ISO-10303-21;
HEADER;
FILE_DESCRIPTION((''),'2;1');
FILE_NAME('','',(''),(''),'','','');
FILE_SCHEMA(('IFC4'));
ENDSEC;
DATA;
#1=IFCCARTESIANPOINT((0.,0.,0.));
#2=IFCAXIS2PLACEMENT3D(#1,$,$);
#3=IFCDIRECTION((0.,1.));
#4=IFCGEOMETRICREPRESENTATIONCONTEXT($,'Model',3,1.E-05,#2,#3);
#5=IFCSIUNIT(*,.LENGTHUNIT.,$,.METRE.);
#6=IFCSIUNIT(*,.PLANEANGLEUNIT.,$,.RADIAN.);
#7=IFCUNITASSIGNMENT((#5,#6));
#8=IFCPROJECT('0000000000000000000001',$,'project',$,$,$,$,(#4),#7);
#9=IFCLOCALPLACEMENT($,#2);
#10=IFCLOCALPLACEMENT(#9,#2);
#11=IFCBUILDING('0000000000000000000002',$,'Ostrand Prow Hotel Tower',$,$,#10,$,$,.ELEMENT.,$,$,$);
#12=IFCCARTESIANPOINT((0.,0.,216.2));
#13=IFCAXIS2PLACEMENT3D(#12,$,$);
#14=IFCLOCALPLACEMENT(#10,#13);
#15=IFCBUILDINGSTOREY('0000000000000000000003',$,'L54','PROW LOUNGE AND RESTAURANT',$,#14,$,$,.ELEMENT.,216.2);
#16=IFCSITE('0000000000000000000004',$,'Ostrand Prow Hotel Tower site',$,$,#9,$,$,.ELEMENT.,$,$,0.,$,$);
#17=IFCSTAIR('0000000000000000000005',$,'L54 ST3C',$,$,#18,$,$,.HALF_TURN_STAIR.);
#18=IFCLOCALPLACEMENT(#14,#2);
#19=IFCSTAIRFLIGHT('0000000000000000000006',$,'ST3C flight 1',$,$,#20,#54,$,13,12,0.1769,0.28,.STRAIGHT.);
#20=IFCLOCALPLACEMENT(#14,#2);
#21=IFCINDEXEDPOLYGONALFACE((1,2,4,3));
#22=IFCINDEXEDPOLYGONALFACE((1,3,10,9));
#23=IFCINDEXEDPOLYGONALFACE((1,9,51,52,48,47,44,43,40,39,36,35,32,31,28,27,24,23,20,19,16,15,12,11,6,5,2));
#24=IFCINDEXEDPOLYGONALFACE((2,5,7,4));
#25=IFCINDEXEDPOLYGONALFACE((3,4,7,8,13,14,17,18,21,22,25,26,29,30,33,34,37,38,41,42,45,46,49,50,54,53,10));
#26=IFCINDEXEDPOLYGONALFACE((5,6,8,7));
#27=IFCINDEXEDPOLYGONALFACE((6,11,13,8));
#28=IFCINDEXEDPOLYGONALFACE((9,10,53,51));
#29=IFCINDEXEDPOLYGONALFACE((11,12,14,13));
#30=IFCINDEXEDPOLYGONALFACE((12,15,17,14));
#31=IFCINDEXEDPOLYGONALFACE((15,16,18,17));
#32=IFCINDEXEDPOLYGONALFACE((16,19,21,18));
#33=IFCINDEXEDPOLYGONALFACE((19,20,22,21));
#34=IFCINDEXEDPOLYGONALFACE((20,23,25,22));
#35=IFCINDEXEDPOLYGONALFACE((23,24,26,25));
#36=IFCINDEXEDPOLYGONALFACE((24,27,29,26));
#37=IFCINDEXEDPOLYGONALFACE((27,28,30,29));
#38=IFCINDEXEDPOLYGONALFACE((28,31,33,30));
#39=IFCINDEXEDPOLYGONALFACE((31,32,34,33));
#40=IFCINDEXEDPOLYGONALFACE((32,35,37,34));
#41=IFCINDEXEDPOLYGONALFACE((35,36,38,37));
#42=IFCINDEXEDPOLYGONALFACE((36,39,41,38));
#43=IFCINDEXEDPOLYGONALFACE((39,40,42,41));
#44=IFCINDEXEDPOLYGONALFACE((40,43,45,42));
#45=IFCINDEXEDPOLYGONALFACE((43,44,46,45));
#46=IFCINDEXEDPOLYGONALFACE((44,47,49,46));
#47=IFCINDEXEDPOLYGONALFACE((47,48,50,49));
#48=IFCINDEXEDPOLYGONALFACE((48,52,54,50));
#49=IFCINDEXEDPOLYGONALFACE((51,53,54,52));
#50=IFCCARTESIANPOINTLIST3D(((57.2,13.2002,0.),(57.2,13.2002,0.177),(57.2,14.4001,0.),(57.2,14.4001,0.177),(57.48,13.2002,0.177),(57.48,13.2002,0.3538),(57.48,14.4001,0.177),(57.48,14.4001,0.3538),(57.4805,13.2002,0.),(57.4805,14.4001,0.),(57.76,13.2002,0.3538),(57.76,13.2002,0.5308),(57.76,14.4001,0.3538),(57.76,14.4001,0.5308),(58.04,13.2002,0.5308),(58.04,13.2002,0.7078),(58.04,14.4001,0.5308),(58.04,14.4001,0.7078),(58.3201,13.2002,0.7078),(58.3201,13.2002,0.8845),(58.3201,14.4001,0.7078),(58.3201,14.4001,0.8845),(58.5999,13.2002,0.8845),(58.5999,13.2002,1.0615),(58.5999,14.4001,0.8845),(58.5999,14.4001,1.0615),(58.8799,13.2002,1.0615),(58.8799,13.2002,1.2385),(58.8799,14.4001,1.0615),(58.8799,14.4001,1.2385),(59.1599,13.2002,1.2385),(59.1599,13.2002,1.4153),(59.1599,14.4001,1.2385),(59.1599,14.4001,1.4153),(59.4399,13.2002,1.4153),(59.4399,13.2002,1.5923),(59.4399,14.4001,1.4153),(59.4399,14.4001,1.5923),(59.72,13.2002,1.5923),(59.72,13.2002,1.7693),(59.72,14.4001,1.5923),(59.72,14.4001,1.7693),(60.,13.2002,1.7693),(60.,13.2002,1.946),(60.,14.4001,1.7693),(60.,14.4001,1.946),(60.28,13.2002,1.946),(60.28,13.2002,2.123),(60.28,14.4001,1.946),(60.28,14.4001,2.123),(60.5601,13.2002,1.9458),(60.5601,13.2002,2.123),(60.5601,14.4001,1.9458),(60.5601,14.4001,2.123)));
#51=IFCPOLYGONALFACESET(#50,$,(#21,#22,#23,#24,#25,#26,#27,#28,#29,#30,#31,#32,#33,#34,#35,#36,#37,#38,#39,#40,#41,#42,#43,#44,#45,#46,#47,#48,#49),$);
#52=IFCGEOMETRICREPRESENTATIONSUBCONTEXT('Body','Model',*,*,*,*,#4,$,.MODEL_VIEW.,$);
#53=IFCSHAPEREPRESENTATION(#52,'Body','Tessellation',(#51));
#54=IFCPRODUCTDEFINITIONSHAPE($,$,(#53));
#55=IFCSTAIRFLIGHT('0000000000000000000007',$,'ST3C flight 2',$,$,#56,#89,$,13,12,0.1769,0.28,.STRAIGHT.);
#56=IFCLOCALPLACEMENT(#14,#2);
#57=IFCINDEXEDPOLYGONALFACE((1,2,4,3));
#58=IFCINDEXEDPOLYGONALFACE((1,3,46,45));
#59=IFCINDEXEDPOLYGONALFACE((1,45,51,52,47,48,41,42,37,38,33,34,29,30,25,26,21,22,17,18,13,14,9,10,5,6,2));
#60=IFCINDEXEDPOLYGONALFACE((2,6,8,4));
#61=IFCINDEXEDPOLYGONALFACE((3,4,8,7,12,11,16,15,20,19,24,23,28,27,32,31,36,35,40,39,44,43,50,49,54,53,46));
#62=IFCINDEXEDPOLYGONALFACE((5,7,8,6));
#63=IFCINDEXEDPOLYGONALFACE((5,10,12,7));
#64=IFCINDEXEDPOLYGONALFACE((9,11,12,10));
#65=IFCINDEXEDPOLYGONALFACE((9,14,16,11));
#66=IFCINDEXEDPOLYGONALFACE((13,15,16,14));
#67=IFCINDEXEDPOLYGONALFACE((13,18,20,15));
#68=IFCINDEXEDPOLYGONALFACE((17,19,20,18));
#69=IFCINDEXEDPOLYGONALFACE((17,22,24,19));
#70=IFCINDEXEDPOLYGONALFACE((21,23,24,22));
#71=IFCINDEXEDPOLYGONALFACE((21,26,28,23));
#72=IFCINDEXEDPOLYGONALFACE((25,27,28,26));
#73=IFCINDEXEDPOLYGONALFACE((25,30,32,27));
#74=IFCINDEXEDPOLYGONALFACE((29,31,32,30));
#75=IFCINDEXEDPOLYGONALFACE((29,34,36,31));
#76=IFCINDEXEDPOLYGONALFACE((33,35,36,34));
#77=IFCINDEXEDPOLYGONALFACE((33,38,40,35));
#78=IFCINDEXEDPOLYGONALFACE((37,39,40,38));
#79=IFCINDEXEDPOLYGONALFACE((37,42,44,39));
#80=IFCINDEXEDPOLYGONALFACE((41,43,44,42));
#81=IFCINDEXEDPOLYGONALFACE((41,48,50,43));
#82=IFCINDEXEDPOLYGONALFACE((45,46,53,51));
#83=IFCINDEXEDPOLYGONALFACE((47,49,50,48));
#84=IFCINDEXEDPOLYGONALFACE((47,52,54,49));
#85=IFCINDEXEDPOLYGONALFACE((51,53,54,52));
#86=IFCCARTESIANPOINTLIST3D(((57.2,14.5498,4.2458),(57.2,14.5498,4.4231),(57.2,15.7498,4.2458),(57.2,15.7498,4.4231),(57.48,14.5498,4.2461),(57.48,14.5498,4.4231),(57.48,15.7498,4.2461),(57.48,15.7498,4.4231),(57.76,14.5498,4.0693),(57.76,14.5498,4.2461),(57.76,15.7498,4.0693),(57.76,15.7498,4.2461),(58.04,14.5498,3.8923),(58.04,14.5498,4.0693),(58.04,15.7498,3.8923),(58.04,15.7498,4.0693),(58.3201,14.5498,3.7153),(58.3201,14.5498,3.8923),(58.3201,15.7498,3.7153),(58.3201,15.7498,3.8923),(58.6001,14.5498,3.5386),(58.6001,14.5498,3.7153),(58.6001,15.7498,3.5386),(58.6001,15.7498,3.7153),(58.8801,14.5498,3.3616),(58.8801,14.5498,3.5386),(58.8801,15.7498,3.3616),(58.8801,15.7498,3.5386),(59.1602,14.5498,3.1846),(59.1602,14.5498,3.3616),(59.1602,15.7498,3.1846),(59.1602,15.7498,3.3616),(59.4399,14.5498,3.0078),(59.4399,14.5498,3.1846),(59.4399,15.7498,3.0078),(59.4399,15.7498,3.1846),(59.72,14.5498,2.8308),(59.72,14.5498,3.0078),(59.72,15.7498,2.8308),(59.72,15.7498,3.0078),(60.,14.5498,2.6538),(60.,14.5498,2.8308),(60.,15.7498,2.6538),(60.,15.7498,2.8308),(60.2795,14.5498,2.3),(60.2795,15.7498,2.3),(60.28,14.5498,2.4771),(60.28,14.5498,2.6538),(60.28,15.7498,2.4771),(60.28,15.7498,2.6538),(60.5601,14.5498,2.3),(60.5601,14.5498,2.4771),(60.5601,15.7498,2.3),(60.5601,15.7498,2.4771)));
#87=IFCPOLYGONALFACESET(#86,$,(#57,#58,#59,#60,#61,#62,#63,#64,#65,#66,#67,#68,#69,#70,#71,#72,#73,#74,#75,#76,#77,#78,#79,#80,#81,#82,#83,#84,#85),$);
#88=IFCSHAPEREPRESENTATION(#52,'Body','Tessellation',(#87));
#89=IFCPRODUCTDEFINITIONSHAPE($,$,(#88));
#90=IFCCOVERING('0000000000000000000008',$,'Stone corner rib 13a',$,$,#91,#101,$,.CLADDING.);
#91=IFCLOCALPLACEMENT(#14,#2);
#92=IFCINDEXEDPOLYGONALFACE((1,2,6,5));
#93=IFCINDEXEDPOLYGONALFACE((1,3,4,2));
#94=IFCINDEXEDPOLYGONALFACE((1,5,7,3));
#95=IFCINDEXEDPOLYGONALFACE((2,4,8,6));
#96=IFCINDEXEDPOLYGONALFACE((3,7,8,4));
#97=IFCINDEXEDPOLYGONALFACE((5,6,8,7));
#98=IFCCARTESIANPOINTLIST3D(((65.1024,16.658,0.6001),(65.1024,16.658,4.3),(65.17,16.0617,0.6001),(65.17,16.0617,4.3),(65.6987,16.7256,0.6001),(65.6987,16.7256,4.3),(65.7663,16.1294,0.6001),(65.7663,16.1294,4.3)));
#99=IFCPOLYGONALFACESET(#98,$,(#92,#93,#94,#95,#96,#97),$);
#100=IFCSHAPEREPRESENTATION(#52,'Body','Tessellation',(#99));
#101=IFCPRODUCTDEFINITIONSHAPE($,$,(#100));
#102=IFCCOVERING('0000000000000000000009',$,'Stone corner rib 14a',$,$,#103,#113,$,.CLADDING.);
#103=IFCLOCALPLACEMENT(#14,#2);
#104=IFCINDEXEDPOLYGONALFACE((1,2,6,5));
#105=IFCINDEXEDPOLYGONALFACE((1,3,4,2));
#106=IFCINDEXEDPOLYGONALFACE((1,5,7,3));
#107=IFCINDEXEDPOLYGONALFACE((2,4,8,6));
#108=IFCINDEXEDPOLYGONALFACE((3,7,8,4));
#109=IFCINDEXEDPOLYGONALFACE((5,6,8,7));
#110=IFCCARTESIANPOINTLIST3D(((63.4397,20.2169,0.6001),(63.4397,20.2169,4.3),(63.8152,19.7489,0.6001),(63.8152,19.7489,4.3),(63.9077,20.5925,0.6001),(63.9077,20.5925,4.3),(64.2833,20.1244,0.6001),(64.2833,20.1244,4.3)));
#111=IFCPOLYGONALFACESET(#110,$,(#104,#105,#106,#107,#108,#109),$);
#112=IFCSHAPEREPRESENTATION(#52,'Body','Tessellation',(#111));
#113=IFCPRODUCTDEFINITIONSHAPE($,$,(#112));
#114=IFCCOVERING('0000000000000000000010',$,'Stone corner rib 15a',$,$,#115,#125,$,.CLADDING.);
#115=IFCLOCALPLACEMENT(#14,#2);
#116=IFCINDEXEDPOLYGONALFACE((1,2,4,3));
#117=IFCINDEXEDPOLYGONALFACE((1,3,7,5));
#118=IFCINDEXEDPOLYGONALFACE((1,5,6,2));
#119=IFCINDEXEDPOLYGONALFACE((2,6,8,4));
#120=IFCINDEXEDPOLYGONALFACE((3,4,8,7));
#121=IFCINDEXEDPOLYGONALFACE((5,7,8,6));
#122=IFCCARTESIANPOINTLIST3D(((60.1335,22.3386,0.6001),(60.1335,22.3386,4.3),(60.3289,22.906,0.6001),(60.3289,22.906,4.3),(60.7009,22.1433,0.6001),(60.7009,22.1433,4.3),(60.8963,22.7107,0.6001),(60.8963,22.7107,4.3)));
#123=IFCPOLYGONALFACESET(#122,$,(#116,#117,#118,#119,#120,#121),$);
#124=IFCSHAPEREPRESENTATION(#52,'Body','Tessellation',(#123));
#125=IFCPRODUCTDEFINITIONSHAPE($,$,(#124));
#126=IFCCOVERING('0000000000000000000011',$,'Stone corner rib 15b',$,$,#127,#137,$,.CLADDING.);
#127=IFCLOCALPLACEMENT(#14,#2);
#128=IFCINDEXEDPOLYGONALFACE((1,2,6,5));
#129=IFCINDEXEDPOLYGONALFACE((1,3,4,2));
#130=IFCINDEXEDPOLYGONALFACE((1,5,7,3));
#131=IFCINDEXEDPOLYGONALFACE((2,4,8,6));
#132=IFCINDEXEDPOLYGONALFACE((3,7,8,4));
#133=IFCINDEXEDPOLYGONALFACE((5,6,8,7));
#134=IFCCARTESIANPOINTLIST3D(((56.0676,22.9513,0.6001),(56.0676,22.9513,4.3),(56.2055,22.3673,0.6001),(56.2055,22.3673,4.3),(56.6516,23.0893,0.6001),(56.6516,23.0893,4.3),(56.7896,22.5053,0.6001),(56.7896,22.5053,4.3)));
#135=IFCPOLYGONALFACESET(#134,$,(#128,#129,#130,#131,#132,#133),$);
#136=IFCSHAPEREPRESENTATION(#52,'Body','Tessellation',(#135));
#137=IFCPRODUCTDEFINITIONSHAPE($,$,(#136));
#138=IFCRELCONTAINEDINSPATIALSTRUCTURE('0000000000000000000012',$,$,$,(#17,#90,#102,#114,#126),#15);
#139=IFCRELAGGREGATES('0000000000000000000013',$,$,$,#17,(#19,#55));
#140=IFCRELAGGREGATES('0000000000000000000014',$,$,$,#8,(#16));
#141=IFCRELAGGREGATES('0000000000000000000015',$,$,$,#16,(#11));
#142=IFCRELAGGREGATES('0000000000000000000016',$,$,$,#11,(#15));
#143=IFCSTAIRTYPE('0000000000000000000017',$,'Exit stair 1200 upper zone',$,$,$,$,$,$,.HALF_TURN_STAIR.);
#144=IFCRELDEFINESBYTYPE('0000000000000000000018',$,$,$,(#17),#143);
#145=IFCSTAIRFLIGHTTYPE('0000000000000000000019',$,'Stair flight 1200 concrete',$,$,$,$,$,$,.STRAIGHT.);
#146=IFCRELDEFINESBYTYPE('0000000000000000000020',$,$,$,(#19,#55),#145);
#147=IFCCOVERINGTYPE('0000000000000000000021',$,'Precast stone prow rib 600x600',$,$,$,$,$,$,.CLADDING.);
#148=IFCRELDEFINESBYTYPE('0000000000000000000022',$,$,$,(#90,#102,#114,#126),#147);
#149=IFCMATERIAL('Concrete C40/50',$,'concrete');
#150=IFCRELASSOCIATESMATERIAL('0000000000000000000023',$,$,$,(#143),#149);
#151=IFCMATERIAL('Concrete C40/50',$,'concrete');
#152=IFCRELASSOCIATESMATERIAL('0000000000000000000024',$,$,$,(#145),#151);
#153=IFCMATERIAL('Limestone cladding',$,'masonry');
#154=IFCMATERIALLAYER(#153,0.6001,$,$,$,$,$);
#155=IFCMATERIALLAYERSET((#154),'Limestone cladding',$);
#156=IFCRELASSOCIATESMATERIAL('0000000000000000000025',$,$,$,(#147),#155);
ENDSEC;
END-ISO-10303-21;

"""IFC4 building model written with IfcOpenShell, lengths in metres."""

from ifc_helpers import new_model, si_unit, direction, frame, frame_2d, origin, place, context, subcontext, project, spatial, polyline, rectangle, outline, extrude, material, layer, layer_set, type_object, element, aggregate, save


model = new_model("IFC4")

# Units and contexts
model_context = context("Model", 3, precision=1e-05, world=origin(), true_north=direction((0.0, 1.0)))
body_context = subcontext(model_context, "Body", "Model", "MODEL_VIEW")
ifc_project = project(units=[si_unit("LENGTHUNIT", "METRE"), si_unit("PLANEANGLEUNIT", "RADIAN")], contexts=[model_context])

# Site, building, storey
site_placement = place(None, origin())
site = spatial("IfcSite", under=ifc_project, at=site_placement, Name="Ostrand Prow Hotel Tower site", CompositionType="ELEMENT", RefElevation=0.0)
building_placement = place(site_placement, origin())
building = spatial("IfcBuilding", under=site, at=building_placement, Name="Ostrand Prow Hotel Tower", CompositionType="ELEMENT")
storey_placement = place(building_placement, frame((0.0, 0.0, 216.2)))
storey = spatial("IfcBuildingStorey", under=building, at=storey_placement, Name="L54", Description="PROW LOUNGE AND RESTAURANT", CompositionType="ELEMENT", Elevation=216.2)

# Stair, stair flights
ifc_material_1 = material(Name="Concrete C40/50", Category="concrete")
stair_type = type_object("IfcStairType", Name="Exit stair 1200 upper zone", PredefinedType="HALF_TURN_STAIR", material=ifc_material_1)
stair_placement = place(storey_placement, origin())
stair = element("IfcStair", 1, at=stair_placement, inside=storey, type_object=stair_type, Name="L54 ST3C", PredefinedType="HALF_TURN_STAIR")
ifc_material_2 = material(Name="Concrete C40/50", Category="concrete")
stair_flight_type = type_object("IfcStairFlightType", Name="Stair flight 1200 concrete", PredefinedType="STRAIGHT", material=ifc_material_2)
stair_flight_1_placement = place(storey_placement, frame((57.2, 13.8, 0.0), z_axis=(0.0, 0.0, 1.0), x_axis=(1.0, 0.0, 0.0)))
stair_flight_1 = element("IfcStairFlight", 2, at=stair_flight_1_placement, type_object=stair_flight_type, Name="ST3C flight 1", NumberOfRisers=13, NumberOfTreads=12, PredefinedType="STRAIGHT", RiserHeight=0.1769, TreadLength=0.28, context=body_context, shape_type="SweptSolid", body=[
    extrude(outline(polyline([(0.0, 0.0), (0.0, 0.177), (0.28, 0.177), (0.28, 0.3538), (0.5601, 0.3538), (0.5601, 0.5308), (0.8401, 0.5308), (0.8401, 0.7078), (1.1201, 0.7078), (1.1201, 0.8845), (1.3999, 0.8845), (1.3999, 1.0615), (1.6799, 1.0615), (1.6799, 1.2385), (1.96, 1.2385), (1.96, 1.4153), (2.24, 1.4153), (2.24, 1.5923), (2.52, 1.5923), (2.52, 1.7693), (2.8, 1.7693), (2.8, 1.946), (3.0801, 1.946), (3.0801, 2.123), (3.3601, 2.123), (3.3601, 2.3), (3.3601, 1.9458), (0.2805, 0.0), (0.0, 0.0)])), frame((0.0, 0.6001, 0.0), z_axis=(0.0, -1.0, 0.0), x_axis=(1.0, 0.0, 0.0)), (0.0, 0.0, 1.0), 1.2),
])
stair_flight_2_placement = place(storey_placement, frame((60.5601, 15.1499, 2.3), z_axis=(0.0, 0.0, 1.0), x_axis=(-1.0, 0.0, 0.0)))
stair_flight_2 = element("IfcStairFlight", 3, at=stair_flight_2_placement, type_object=stair_flight_type, Name="ST3C flight 2", NumberOfRisers=13, NumberOfTreads=12, PredefinedType="STRAIGHT", RiserHeight=0.1769, TreadLength=0.28, context=body_context, shape_type="SweptSolid", body=[
    extrude(outline(polyline([(0.0, 0.0), (0.0, 0.177), (0.28, 0.177), (0.28, 0.3538), (0.5601, 0.3538), (0.5601, 0.5308), (0.8401, 0.5308), (0.8401, 0.7078), (1.1201, 0.7078), (1.1201, 0.8845), (1.3999, 0.8845), (1.3999, 1.0615), (1.6799, 1.0615), (1.6799, 1.2385), (1.96, 1.2385), (1.96, 1.4153), (2.24, 1.4153), (2.24, 1.5923), (2.52, 1.5923), (2.52, 1.7693), (2.8, 1.7693), (2.8, 1.946), (3.0801, 1.946), (3.0801, 2.123), (3.3601, 2.123), (3.3601, 2.3), (3.3601, 1.9458), (0.2805, 0.0), (0.0, 0.0)])), frame((0.0, 0.6001, 0.0), z_axis=(0.0, -1.0, 0.0), x_axis=(1.0, 0.0, 0.0)), (0.0, 0.0, 1.0), 1.2),
])
aggregate(stair, [stair_flight_1, stair_flight_2])

# Coverings
ifc_material_3 = material(Name="Limestone cladding", Category="masonry")
ifc_layer_1 = layer(ifc_material_3, 0.6001)
ifc_layer_set_1 = layer_set([ifc_layer_1], Name="Limestone cladding")
covering_type = type_object("IfcCoveringType", Name="Precast stone prow rib 600x600", PredefinedType="CLADDING", material=ifc_layer_set_1)
for number, where, z_axis, x_axis, name in (
    (4, (65.1362, 16.3599, 0.6001), (0.0, 0.0, 1.0), (0.993628, 0.112709, 0.0), "Stone corner rib 13a"),
    (5, (63.6274, 19.9829, 0.6001), (0.0, 0.0, 1.0), (0.779995, 0.625786, 0.0), "Stone corner rib 14a"),
    (6, (60.4172, 22.241, 0.6001), (0.0, 0.0, 1.0), (0.325489, 0.945546, 0.0), "Stone corner rib 15a"),
    (7, (56.4976, 22.4363, 0.6001), (0.0, 0.0, 1.0), (-0.229878, 0.973219, 0.0), "Stone corner rib 15b"),
):
    element("IfcCovering", number, at=place(storey_placement, frame(where, z_axis=z_axis, x_axis=x_axis)), inside=storey, type_object=covering_type, Name=name, PredefinedType="CLADDING", context=body_context, shape_type="SweptSolid", body=[
        extrude(rectangle(XDim=0.6001, YDim=0.6001, at=frame_2d((0.3, 0.0))), origin(), (0.0, 0.0, 1.0), 3.7),
    ])

save(model, "model.ifc")
